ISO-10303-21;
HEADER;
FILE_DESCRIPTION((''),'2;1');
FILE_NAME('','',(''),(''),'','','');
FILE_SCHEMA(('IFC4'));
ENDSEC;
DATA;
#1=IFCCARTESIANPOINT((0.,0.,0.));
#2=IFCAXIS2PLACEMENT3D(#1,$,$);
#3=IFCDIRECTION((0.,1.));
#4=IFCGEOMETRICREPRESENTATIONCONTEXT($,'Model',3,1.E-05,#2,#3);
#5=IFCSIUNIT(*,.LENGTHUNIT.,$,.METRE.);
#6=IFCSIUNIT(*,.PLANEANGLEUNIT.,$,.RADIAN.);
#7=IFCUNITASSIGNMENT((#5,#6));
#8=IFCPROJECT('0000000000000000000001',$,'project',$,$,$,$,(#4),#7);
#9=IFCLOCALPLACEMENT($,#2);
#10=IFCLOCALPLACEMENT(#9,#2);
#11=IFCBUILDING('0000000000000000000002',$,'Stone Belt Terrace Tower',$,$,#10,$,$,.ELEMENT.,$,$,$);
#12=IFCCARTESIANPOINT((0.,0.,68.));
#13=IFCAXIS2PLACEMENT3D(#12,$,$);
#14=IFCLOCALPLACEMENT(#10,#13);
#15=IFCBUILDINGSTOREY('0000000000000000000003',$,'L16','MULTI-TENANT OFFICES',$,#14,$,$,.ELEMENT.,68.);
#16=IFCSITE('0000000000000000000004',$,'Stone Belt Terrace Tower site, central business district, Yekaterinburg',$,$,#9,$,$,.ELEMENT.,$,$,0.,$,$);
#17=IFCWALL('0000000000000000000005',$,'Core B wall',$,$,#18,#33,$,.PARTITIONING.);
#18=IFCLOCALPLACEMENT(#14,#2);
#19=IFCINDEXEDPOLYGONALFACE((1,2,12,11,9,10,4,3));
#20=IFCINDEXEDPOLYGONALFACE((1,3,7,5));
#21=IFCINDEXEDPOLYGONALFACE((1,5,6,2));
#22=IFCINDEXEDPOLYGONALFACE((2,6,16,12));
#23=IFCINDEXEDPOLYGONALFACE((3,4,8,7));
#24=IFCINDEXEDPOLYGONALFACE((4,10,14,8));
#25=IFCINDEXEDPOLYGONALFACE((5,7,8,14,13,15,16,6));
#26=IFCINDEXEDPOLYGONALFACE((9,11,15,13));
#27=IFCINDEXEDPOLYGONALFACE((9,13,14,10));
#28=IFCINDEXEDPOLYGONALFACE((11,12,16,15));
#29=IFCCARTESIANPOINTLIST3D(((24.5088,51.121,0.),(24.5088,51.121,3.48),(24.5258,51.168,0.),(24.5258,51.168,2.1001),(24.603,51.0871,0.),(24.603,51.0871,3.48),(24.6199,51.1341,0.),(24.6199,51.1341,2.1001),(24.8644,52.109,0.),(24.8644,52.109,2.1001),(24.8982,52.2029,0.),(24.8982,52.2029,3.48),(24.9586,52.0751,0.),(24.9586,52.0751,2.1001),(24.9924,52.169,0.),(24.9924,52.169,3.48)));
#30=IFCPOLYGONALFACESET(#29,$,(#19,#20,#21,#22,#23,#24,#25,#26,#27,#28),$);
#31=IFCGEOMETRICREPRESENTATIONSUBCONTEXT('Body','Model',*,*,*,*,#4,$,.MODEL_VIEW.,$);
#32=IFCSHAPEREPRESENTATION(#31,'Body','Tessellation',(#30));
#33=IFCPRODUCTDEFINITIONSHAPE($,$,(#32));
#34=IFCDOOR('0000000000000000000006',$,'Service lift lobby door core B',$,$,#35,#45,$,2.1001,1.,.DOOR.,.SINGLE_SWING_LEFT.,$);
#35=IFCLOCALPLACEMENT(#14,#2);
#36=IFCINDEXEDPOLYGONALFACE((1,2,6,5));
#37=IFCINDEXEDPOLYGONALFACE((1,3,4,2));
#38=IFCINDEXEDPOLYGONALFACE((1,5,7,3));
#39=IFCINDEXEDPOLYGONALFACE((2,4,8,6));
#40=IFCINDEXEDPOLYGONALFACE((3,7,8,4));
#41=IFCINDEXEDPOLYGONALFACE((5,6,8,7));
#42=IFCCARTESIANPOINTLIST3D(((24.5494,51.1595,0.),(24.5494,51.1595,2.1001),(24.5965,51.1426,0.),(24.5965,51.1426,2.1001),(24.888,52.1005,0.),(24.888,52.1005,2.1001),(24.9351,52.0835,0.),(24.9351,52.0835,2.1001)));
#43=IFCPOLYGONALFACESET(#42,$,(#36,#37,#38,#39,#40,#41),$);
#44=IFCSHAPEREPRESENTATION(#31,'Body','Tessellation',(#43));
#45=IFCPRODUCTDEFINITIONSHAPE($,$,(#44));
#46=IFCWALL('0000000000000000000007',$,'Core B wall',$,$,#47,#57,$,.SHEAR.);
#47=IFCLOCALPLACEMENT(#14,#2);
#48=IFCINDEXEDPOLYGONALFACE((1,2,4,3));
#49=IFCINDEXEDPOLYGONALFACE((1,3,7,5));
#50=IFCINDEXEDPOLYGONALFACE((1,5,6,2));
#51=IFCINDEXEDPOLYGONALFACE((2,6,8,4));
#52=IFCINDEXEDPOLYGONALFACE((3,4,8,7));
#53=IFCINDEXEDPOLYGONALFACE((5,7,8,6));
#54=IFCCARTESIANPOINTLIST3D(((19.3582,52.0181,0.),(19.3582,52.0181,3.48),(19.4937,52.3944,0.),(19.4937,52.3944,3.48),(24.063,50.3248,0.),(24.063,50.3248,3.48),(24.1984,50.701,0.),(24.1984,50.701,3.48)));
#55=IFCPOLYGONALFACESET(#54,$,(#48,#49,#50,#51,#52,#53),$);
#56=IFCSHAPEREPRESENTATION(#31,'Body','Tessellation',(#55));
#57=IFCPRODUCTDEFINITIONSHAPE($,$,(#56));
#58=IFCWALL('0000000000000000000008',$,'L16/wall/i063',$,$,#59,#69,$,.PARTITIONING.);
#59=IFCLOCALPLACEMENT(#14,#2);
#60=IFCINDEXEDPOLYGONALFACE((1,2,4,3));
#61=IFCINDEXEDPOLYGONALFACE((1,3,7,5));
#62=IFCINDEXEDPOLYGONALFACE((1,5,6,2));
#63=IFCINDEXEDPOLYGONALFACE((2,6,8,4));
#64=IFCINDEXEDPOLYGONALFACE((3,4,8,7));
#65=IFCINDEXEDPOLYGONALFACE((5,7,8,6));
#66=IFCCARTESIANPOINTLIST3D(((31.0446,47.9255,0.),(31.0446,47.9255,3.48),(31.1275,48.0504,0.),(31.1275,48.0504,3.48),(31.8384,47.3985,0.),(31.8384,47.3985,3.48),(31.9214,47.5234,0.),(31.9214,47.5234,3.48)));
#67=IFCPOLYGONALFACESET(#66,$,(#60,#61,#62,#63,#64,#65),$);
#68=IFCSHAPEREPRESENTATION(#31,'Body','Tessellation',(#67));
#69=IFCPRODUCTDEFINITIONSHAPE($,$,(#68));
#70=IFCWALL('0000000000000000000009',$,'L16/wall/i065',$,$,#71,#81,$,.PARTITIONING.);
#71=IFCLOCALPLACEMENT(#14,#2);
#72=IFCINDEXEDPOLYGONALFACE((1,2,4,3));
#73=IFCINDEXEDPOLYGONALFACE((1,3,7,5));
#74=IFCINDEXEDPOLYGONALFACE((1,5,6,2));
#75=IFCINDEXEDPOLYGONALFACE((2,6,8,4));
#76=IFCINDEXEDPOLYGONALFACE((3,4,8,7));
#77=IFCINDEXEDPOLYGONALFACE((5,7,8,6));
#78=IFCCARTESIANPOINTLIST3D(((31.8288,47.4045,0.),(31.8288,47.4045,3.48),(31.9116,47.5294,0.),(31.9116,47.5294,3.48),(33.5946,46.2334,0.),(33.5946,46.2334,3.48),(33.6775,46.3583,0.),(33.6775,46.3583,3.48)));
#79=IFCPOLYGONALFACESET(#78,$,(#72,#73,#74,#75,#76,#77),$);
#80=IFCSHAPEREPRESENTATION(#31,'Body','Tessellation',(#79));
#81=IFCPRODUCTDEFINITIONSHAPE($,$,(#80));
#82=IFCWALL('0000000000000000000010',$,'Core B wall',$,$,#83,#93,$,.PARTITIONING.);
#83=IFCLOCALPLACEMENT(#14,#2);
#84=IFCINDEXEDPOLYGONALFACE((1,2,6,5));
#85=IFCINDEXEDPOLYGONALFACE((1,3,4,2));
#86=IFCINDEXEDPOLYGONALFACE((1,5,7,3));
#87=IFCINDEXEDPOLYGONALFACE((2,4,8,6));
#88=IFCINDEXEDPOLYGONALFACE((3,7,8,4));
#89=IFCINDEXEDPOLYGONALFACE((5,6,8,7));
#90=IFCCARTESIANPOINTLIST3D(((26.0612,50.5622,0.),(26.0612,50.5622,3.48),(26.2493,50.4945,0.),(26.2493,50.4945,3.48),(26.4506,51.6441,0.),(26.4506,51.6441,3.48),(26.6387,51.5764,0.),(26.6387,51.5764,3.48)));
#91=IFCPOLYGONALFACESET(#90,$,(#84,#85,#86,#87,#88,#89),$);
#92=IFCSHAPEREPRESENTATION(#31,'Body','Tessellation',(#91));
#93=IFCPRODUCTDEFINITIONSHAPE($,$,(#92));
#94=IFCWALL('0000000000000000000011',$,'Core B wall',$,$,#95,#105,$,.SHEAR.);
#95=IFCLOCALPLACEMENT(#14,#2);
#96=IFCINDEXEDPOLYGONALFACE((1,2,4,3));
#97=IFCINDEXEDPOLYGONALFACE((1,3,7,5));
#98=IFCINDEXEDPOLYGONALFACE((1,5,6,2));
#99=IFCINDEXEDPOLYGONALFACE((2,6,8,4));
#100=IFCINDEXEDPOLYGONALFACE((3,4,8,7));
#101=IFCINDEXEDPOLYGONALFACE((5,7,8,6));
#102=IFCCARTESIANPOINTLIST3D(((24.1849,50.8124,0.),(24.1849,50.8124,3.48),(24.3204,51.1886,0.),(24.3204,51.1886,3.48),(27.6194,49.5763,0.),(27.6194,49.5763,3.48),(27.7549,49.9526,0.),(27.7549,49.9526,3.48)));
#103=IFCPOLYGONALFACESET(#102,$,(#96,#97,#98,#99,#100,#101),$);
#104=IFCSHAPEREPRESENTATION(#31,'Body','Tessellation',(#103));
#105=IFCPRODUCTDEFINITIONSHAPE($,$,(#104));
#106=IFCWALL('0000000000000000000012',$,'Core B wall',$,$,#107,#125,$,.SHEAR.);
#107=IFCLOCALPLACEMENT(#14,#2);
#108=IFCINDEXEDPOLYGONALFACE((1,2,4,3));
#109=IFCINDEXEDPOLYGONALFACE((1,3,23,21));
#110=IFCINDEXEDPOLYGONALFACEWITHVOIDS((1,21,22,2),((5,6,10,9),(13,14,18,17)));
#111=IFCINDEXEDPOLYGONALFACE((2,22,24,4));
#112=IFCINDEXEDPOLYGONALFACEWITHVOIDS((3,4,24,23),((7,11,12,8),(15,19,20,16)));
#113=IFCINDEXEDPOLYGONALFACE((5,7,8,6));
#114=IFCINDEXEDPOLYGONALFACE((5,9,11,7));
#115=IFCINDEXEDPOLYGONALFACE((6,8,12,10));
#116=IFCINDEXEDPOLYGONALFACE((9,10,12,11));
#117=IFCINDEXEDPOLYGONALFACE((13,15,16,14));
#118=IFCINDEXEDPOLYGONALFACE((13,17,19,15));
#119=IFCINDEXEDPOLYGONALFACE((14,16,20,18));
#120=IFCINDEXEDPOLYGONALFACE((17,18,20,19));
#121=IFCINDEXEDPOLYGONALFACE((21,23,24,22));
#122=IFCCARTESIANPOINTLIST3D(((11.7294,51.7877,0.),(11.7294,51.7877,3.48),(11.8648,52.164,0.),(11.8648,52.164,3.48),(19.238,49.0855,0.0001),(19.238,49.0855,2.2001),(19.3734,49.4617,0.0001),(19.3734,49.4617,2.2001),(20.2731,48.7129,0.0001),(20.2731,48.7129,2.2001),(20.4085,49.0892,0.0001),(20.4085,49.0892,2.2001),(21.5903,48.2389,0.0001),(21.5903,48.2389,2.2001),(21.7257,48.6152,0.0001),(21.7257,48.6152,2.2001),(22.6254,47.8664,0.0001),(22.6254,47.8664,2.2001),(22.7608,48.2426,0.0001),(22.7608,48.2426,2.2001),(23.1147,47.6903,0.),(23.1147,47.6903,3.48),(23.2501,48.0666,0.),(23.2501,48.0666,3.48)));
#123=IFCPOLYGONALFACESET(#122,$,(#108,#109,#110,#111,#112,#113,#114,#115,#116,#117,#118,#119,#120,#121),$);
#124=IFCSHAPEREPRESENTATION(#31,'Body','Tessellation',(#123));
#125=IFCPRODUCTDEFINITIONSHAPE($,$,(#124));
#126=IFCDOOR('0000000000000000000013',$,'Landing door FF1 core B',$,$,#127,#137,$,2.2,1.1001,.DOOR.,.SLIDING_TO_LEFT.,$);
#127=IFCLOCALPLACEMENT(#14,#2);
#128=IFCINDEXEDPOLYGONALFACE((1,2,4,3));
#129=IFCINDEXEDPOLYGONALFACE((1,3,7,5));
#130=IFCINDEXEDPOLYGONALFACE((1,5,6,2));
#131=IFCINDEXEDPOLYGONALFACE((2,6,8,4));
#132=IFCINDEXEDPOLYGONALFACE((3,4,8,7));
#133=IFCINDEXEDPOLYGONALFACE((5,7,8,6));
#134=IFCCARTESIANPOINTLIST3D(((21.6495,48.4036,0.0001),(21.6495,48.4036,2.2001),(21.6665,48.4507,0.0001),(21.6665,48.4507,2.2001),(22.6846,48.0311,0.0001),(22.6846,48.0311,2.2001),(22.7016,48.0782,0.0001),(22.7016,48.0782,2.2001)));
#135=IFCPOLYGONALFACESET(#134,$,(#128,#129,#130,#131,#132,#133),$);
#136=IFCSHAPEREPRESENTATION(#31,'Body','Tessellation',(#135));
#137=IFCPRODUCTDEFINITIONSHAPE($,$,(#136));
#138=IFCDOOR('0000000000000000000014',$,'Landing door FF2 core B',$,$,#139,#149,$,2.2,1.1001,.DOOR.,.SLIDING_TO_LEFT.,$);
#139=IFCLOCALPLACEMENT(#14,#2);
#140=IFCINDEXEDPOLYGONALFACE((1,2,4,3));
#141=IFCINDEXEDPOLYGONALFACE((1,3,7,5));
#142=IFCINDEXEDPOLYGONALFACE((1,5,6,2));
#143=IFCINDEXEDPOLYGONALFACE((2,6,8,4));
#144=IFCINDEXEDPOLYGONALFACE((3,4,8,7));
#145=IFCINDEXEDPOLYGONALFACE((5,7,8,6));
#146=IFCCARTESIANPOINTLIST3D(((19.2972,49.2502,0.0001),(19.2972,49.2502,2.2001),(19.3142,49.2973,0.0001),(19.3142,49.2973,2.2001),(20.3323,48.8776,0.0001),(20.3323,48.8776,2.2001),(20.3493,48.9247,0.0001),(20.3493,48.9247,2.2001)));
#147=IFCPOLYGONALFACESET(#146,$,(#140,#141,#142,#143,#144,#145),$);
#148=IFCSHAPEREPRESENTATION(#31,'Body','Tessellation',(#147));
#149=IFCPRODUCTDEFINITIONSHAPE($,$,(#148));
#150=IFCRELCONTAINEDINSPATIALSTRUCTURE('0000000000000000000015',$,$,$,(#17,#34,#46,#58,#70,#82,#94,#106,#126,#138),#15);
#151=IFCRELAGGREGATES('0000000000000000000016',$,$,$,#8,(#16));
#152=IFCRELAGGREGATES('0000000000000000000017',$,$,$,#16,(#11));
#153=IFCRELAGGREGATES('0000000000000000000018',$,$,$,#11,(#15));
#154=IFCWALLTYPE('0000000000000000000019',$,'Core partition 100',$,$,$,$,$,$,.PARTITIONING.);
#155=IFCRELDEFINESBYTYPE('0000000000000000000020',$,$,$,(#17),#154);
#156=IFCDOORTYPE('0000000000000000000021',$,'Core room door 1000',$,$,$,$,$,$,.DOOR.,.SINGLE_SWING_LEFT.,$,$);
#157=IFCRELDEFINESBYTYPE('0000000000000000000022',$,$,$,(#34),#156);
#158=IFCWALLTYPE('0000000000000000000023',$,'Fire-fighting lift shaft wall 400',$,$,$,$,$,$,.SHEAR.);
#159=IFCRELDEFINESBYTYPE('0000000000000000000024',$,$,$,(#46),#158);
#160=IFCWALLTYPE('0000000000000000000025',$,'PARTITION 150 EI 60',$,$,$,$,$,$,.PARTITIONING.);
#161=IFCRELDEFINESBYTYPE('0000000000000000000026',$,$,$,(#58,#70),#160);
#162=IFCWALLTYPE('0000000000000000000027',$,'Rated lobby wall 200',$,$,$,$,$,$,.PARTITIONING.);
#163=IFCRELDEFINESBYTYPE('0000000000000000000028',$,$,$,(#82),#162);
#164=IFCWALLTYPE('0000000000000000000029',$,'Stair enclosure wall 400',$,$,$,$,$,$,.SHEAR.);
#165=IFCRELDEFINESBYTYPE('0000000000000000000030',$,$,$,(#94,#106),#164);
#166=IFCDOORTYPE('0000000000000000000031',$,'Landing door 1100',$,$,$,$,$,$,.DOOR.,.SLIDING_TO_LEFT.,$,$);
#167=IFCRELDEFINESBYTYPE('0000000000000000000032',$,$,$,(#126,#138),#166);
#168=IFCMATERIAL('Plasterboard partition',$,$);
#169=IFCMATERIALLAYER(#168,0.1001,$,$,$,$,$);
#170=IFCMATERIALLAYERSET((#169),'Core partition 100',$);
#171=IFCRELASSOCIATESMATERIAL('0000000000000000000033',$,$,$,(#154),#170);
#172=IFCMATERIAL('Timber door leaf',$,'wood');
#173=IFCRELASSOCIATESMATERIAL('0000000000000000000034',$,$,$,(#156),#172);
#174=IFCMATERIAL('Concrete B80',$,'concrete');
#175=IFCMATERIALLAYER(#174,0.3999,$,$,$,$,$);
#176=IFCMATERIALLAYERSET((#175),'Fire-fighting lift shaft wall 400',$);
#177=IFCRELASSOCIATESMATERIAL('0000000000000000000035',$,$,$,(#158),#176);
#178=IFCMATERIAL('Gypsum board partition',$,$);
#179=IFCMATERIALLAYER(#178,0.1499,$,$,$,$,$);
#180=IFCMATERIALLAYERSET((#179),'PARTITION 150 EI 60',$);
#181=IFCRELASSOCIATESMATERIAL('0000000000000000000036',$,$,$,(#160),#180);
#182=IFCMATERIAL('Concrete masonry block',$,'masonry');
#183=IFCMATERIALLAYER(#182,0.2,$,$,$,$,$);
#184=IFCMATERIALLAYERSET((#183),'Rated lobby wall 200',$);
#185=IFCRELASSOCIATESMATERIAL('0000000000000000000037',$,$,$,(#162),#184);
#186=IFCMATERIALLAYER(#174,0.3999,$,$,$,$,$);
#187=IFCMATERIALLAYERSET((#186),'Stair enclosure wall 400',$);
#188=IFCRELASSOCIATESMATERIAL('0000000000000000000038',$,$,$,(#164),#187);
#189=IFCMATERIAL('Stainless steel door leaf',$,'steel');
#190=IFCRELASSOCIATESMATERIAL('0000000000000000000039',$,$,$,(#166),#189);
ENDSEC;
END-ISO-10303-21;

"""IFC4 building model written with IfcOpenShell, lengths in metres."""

from ifc_helpers import new_model, si_unit, direction, frame, frame_2d, origin, place, context, subcontext, project, spatial, rectangle, extrude, material, layer, layer_set, type_object, element, fill, save


model = new_model("IFC4")

# Units and contexts
model_context = context("Model", 3, precision=1e-05, world=origin(), true_north=direction((0.0, 1.0)))
body_context = subcontext(model_context, "Body", "Model", "MODEL_VIEW")
ifc_project = project(units=[si_unit("LENGTHUNIT", "METRE"), si_unit("PLANEANGLEUNIT", "RADIAN")], contexts=[model_context])

# Site, building, storey
site_placement = place(None, origin())
site = spatial("IfcSite", under=ifc_project, at=site_placement, Name="Stone Belt Terrace Tower site, central business district, Yekaterinburg", CompositionType="ELEMENT", RefElevation=0.0)
building_placement = place(site_placement, origin())
building = spatial("IfcBuilding", under=site, at=building_placement, Name="Stone Belt Terrace Tower", CompositionType="ELEMENT")
storey_placement = place(building_placement, frame((0.0, 0.0, 68.0)))
storey = spatial("IfcBuildingStorey", under=building, at=storey_placement, Name="L16", Description="MULTI-TENANT OFFICES", CompositionType="ELEMENT", Elevation=68.0)

# Wall, opening, door
ifc_material_1 = material(Name="Plasterboard partition")
ifc_layer_1 = layer(ifc_material_1, 0.1001)
ifc_layer_set_1 = layer_set([ifc_layer_1], Name="Core partition 100")
wall_type_1 = type_object("IfcWallType", Name="Core partition 100", PredefinedType="PARTITIONING", material=ifc_layer_set_1)
wall_1_placement = place(storey_placement, frame((24.5559, 51.104, 0.0), z_axis=(0.0, 0.0, 1.0), x_axis=(0.338622, 0.940923, 0.0)))
wall_1 = element("IfcWall", 1, at=wall_1_placement, inside=storey, type_object=wall_type_1, Name="Core B wall", PredefinedType="PARTITIONING", context=body_context, shape_type="SweptSolid", body=[
    extrude(rectangle(XDim=1.1499, YDim=0.1001, at=frame_2d((0.575, 0.0))), origin(), (0.0, 0.0, 1.0), 3.48),
])
opening_1_placement = place(wall_1_placement, frame((0.05, 0.0, 0.0)))
opening_1 = element("IfcOpeningElement", 2, at=opening_1_placement, cuts=wall_1, PredefinedType="OPENING", context=body_context, shape_type="SweptSolid", body=[
    extrude(rectangle(XDim=1.0, YDim=2.1001, at=frame_2d((0.5, 1.05))), frame((0.0, 0.0601, 0.0), z_axis=(0.0, -1.0, 0.0), x_axis=(1.0, 0.0, 0.0)), (0.0, 0.0, 1.0), 0.1201),
])
ifc_material_2 = material(Name="Timber door leaf", Category="wood")
door_type_1 = type_object("IfcDoorType", Name="Core room door 1000", OperationType="SINGLE_SWING_LEFT", PredefinedType="DOOR", material=ifc_material_2)
door_1_placement = place(opening_1_placement, origin())
door_1 = element("IfcDoor", 3, at=door_1_placement, inside=storey, type_object=door_type_1, Name="Service lift lobby door core B", OperationType="SINGLE_SWING_LEFT", OverallHeight=2.1001, OverallWidth=1.0, PredefinedType="DOOR", context=body_context, shape_type="SweptSolid", body=[
    extrude(rectangle(XDim=1.0, YDim=2.1001, at=frame_2d((0.5, 1.05))), frame((0.0, 0.0249, 0.0), z_axis=(0.0, -1.0, 0.0), x_axis=(1.0, 0.0, 0.0)), (0.0, 0.0, 1.0), 0.05),
])
fill(opening_1, door_1)

# Walls
ifc_material_3 = material(Name="Concrete B80", Category="concrete")
ifc_layer_2 = layer(ifc_material_3, 0.3999)
ifc_layer_set_2 = layer_set([ifc_layer_2], Name="Fire-fighting lift shaft wall 400")
wall_type_2 = type_object("IfcWallType", Name="Fire-fighting lift shaft wall 400", PredefinedType="SHEAR", material=ifc_layer_set_2)
wall_2_placement = place(storey_placement, frame((24.1306, 50.5129, 0.0), z_axis=(0.0, 0.0, 1.0), x_axis=(-0.940912, 0.338652, 0.0)))
element("IfcWall", 4, at=wall_2_placement, inside=storey, type_object=wall_type_2, Name="Core B wall", PredefinedType="SHEAR", context=body_context, shape_type="SweptSolid", body=[
    extrude(rectangle(XDim=5.0002, YDim=0.3999, at=frame_2d((2.5, 0.0))), origin(), (0.0, 0.0, 1.0), 3.48),
])
ifc_material_4 = material(Name="Gypsum board partition")
ifc_layer_3 = layer(ifc_material_4, 0.1499)
ifc_layer_set_3 = layer_set([ifc_layer_3], Name="PARTITION 150 EI 60")
wall_type_3 = type_object("IfcWallType", Name="PARTITION 150 EI 60", PredefinedType="PARTITIONING", material=ifc_layer_set_3)
wall_3_placement = place(storey_placement, frame((31.0859, 47.988, 0.0), z_axis=(0.0, 0.0, 1.0), x_axis=(0.833113, -0.553103, 0.0)))
element("IfcWall", 5, at=wall_3_placement, inside=storey, type_object=wall_type_3, Name="L16/wall/i063", PredefinedType="PARTITIONING", context=body_context, shape_type="SweptSolid", body=[
    extrude(rectangle(XDim=0.9529, YDim=0.1499, at=frame_2d((0.4766, 0.0))), origin(), (0.0, 0.0, 1.0), 3.48),
])
wall_4_placement = place(storey_placement, frame((31.8701, 47.467, 0.0), z_axis=(0.0, 0.0, 1.0), x_axis=(0.833377, -0.552704, 0.0)))
element("IfcWall", 6, at=wall_4_placement, inside=storey, type_object=wall_type_3, Name="L16/wall/i065", PredefinedType="PARTITIONING", context=body_context, shape_type="SweptSolid", body=[
    extrude(rectangle(XDim=2.1189, YDim=0.1499, at=frame_2d((1.0596, 0.0))), origin(), (0.0, 0.0, 1.0), 3.48),
])
ifc_material_5 = material(Name="Concrete masonry block", Category="masonry")
ifc_layer_4 = layer(ifc_material_5, 0.2)
ifc_layer_set_4 = layer_set([ifc_layer_4], Name="Rated lobby wall 200")
wall_type_4 = type_object("IfcWallType", Name="Rated lobby wall 200", PredefinedType="PARTITIONING", material=ifc_layer_set_4)
wall_5_placement = place(storey_placement, frame((26.1553, 50.5283, 0.0), z_axis=(0.0, 0.0, 1.0), x_axis=(0.338622, 0.940923, 0.0)))
element("IfcWall", 7, at=wall_5_placement, inside=storey, type_object=wall_type_4, Name="Core B wall", PredefinedType="PARTITIONING", context=body_context, shape_type="SweptSolid", body=[
    extrude(rectangle(XDim=1.1499, YDim=0.2, at=frame_2d((0.575, 0.0))), origin(), (0.0, 0.0, 1.0), 3.48),
])
ifc_layer_5 = layer(ifc_material_3, 0.3999)
ifc_layer_set_5 = layer_set([ifc_layer_5], Name="Stair enclosure wall 400")
wall_type_5 = type_object("IfcWallType", Name="Stair enclosure wall 400", PredefinedType="SHEAR", material=ifc_layer_set_5)
wall_6_placement = place(storey_placement, frame((27.6873, 49.7644, 0.0), z_axis=(0.0, 0.0, 1.0), x_axis=(-0.940919, 0.338632, 0.0)))
element("IfcWall", 8, at=wall_6_placement, inside=storey, type_object=wall_type_5, Name="Core B wall", PredefinedType="SHEAR", context=body_context, shape_type="SweptSolid", body=[
    extrude(rectangle(XDim=3.6501, YDim=0.3999, at=frame_2d((1.8252, 0.0))), origin(), (0.0, 0.0, 1.0), 3.48),
])

# Wall, openings, doors
wall_7_placement = place(storey_placement, frame((23.1824, 47.8784, 0.0), z_axis=(0.0, 0.0, 1.0), x_axis=(-0.940921, 0.338626, 0.0)))
wall_7 = element("IfcWall", 9, at=wall_7_placement, inside=storey, type_object=wall_type_5, Name="Core B wall", PredefinedType="SHEAR", context=body_context, shape_type="SweptSolid", body=[
    extrude(rectangle(XDim=12.1001, YDim=0.3999, at=frame_2d((6.05, 0.0))), origin(), (0.0, 0.0, 1.0), 3.48),
])
opening_2_placement = place(wall_7_placement, frame((0.52, 0.0, 0.0)))
opening_2 = element("IfcOpeningElement", 10, at=opening_2_placement, cuts=wall_7, PredefinedType="OPENING", context=body_context, shape_type="SweptSolid", body=[
    extrude(rectangle(XDim=1.1001, YDim=2.2, at=frame_2d((0.55, 1.1001))), frame((0.0, 0.21, 0.0), z_axis=(0.0, -1.0, 0.0), x_axis=(1.0, 0.0, 0.0)), (0.0, 0.0, 1.0), 0.4199),
])
opening_3_placement = place(wall_7_placement, frame((3.02, 0.0, 0.0)))
opening_3 = element("IfcOpeningElement", 11, at=opening_3_placement, cuts=wall_7, PredefinedType="OPENING", context=body_context, shape_type="SweptSolid", body=[
    extrude(rectangle(XDim=1.1001, YDim=2.2, at=frame_2d((0.55, 1.1001))), frame((0.0, 0.21, 0.0), z_axis=(0.0, -1.0, 0.0), x_axis=(1.0, 0.0, 0.0)), (0.0, 0.0, 1.0), 0.4199),
])
ifc_material_6 = material(Name="Stainless steel door leaf", Category="steel")
door_type_2 = type_object("IfcDoorType", Name="Landing door 1100", OperationType="SLIDING_TO_LEFT", PredefinedType="DOOR", material=ifc_material_6)
door_2_placement = place(opening_2_placement, origin())
door_2 = element("IfcDoor", 12, at=door_2_placement, inside=storey, type_object=door_type_2, Name="Landing door FF1 core B", OperationType="SLIDING_TO_LEFT", OverallHeight=2.2, OverallWidth=1.1001, PredefinedType="DOOR", context=body_context, shape_type="SweptSolid", body=[
    extrude(rectangle(XDim=1.1001, YDim=2.2, at=frame_2d((0.55, 1.1001))), frame((0.0, 0.0249, 0.0), z_axis=(0.0, -1.0, 0.0), x_axis=(1.0, 0.0, 0.0)), (0.0, 0.0, 1.0), 0.05),
])
fill(opening_2, door_2)
door_3_placement = place(opening_3_placement, origin())
door_3 = element("IfcDoor", 13, at=door_3_placement, inside=storey, type_object=door_type_2, Name="Landing door FF2 core B", OperationType="SLIDING_TO_LEFT", OverallHeight=2.2, OverallWidth=1.1001, PredefinedType="DOOR", context=body_context, shape_type="SweptSolid", body=[
    extrude(rectangle(XDim=1.1001, YDim=2.2, at=frame_2d((0.55, 1.1001))), frame((0.0, 0.0249, 0.0), z_axis=(0.0, -1.0, 0.0), x_axis=(1.0, 0.0, 0.0)), (0.0, 0.0, 1.0), 0.05),
])
fill(opening_3, door_3)

save(model, "model.ifc")
